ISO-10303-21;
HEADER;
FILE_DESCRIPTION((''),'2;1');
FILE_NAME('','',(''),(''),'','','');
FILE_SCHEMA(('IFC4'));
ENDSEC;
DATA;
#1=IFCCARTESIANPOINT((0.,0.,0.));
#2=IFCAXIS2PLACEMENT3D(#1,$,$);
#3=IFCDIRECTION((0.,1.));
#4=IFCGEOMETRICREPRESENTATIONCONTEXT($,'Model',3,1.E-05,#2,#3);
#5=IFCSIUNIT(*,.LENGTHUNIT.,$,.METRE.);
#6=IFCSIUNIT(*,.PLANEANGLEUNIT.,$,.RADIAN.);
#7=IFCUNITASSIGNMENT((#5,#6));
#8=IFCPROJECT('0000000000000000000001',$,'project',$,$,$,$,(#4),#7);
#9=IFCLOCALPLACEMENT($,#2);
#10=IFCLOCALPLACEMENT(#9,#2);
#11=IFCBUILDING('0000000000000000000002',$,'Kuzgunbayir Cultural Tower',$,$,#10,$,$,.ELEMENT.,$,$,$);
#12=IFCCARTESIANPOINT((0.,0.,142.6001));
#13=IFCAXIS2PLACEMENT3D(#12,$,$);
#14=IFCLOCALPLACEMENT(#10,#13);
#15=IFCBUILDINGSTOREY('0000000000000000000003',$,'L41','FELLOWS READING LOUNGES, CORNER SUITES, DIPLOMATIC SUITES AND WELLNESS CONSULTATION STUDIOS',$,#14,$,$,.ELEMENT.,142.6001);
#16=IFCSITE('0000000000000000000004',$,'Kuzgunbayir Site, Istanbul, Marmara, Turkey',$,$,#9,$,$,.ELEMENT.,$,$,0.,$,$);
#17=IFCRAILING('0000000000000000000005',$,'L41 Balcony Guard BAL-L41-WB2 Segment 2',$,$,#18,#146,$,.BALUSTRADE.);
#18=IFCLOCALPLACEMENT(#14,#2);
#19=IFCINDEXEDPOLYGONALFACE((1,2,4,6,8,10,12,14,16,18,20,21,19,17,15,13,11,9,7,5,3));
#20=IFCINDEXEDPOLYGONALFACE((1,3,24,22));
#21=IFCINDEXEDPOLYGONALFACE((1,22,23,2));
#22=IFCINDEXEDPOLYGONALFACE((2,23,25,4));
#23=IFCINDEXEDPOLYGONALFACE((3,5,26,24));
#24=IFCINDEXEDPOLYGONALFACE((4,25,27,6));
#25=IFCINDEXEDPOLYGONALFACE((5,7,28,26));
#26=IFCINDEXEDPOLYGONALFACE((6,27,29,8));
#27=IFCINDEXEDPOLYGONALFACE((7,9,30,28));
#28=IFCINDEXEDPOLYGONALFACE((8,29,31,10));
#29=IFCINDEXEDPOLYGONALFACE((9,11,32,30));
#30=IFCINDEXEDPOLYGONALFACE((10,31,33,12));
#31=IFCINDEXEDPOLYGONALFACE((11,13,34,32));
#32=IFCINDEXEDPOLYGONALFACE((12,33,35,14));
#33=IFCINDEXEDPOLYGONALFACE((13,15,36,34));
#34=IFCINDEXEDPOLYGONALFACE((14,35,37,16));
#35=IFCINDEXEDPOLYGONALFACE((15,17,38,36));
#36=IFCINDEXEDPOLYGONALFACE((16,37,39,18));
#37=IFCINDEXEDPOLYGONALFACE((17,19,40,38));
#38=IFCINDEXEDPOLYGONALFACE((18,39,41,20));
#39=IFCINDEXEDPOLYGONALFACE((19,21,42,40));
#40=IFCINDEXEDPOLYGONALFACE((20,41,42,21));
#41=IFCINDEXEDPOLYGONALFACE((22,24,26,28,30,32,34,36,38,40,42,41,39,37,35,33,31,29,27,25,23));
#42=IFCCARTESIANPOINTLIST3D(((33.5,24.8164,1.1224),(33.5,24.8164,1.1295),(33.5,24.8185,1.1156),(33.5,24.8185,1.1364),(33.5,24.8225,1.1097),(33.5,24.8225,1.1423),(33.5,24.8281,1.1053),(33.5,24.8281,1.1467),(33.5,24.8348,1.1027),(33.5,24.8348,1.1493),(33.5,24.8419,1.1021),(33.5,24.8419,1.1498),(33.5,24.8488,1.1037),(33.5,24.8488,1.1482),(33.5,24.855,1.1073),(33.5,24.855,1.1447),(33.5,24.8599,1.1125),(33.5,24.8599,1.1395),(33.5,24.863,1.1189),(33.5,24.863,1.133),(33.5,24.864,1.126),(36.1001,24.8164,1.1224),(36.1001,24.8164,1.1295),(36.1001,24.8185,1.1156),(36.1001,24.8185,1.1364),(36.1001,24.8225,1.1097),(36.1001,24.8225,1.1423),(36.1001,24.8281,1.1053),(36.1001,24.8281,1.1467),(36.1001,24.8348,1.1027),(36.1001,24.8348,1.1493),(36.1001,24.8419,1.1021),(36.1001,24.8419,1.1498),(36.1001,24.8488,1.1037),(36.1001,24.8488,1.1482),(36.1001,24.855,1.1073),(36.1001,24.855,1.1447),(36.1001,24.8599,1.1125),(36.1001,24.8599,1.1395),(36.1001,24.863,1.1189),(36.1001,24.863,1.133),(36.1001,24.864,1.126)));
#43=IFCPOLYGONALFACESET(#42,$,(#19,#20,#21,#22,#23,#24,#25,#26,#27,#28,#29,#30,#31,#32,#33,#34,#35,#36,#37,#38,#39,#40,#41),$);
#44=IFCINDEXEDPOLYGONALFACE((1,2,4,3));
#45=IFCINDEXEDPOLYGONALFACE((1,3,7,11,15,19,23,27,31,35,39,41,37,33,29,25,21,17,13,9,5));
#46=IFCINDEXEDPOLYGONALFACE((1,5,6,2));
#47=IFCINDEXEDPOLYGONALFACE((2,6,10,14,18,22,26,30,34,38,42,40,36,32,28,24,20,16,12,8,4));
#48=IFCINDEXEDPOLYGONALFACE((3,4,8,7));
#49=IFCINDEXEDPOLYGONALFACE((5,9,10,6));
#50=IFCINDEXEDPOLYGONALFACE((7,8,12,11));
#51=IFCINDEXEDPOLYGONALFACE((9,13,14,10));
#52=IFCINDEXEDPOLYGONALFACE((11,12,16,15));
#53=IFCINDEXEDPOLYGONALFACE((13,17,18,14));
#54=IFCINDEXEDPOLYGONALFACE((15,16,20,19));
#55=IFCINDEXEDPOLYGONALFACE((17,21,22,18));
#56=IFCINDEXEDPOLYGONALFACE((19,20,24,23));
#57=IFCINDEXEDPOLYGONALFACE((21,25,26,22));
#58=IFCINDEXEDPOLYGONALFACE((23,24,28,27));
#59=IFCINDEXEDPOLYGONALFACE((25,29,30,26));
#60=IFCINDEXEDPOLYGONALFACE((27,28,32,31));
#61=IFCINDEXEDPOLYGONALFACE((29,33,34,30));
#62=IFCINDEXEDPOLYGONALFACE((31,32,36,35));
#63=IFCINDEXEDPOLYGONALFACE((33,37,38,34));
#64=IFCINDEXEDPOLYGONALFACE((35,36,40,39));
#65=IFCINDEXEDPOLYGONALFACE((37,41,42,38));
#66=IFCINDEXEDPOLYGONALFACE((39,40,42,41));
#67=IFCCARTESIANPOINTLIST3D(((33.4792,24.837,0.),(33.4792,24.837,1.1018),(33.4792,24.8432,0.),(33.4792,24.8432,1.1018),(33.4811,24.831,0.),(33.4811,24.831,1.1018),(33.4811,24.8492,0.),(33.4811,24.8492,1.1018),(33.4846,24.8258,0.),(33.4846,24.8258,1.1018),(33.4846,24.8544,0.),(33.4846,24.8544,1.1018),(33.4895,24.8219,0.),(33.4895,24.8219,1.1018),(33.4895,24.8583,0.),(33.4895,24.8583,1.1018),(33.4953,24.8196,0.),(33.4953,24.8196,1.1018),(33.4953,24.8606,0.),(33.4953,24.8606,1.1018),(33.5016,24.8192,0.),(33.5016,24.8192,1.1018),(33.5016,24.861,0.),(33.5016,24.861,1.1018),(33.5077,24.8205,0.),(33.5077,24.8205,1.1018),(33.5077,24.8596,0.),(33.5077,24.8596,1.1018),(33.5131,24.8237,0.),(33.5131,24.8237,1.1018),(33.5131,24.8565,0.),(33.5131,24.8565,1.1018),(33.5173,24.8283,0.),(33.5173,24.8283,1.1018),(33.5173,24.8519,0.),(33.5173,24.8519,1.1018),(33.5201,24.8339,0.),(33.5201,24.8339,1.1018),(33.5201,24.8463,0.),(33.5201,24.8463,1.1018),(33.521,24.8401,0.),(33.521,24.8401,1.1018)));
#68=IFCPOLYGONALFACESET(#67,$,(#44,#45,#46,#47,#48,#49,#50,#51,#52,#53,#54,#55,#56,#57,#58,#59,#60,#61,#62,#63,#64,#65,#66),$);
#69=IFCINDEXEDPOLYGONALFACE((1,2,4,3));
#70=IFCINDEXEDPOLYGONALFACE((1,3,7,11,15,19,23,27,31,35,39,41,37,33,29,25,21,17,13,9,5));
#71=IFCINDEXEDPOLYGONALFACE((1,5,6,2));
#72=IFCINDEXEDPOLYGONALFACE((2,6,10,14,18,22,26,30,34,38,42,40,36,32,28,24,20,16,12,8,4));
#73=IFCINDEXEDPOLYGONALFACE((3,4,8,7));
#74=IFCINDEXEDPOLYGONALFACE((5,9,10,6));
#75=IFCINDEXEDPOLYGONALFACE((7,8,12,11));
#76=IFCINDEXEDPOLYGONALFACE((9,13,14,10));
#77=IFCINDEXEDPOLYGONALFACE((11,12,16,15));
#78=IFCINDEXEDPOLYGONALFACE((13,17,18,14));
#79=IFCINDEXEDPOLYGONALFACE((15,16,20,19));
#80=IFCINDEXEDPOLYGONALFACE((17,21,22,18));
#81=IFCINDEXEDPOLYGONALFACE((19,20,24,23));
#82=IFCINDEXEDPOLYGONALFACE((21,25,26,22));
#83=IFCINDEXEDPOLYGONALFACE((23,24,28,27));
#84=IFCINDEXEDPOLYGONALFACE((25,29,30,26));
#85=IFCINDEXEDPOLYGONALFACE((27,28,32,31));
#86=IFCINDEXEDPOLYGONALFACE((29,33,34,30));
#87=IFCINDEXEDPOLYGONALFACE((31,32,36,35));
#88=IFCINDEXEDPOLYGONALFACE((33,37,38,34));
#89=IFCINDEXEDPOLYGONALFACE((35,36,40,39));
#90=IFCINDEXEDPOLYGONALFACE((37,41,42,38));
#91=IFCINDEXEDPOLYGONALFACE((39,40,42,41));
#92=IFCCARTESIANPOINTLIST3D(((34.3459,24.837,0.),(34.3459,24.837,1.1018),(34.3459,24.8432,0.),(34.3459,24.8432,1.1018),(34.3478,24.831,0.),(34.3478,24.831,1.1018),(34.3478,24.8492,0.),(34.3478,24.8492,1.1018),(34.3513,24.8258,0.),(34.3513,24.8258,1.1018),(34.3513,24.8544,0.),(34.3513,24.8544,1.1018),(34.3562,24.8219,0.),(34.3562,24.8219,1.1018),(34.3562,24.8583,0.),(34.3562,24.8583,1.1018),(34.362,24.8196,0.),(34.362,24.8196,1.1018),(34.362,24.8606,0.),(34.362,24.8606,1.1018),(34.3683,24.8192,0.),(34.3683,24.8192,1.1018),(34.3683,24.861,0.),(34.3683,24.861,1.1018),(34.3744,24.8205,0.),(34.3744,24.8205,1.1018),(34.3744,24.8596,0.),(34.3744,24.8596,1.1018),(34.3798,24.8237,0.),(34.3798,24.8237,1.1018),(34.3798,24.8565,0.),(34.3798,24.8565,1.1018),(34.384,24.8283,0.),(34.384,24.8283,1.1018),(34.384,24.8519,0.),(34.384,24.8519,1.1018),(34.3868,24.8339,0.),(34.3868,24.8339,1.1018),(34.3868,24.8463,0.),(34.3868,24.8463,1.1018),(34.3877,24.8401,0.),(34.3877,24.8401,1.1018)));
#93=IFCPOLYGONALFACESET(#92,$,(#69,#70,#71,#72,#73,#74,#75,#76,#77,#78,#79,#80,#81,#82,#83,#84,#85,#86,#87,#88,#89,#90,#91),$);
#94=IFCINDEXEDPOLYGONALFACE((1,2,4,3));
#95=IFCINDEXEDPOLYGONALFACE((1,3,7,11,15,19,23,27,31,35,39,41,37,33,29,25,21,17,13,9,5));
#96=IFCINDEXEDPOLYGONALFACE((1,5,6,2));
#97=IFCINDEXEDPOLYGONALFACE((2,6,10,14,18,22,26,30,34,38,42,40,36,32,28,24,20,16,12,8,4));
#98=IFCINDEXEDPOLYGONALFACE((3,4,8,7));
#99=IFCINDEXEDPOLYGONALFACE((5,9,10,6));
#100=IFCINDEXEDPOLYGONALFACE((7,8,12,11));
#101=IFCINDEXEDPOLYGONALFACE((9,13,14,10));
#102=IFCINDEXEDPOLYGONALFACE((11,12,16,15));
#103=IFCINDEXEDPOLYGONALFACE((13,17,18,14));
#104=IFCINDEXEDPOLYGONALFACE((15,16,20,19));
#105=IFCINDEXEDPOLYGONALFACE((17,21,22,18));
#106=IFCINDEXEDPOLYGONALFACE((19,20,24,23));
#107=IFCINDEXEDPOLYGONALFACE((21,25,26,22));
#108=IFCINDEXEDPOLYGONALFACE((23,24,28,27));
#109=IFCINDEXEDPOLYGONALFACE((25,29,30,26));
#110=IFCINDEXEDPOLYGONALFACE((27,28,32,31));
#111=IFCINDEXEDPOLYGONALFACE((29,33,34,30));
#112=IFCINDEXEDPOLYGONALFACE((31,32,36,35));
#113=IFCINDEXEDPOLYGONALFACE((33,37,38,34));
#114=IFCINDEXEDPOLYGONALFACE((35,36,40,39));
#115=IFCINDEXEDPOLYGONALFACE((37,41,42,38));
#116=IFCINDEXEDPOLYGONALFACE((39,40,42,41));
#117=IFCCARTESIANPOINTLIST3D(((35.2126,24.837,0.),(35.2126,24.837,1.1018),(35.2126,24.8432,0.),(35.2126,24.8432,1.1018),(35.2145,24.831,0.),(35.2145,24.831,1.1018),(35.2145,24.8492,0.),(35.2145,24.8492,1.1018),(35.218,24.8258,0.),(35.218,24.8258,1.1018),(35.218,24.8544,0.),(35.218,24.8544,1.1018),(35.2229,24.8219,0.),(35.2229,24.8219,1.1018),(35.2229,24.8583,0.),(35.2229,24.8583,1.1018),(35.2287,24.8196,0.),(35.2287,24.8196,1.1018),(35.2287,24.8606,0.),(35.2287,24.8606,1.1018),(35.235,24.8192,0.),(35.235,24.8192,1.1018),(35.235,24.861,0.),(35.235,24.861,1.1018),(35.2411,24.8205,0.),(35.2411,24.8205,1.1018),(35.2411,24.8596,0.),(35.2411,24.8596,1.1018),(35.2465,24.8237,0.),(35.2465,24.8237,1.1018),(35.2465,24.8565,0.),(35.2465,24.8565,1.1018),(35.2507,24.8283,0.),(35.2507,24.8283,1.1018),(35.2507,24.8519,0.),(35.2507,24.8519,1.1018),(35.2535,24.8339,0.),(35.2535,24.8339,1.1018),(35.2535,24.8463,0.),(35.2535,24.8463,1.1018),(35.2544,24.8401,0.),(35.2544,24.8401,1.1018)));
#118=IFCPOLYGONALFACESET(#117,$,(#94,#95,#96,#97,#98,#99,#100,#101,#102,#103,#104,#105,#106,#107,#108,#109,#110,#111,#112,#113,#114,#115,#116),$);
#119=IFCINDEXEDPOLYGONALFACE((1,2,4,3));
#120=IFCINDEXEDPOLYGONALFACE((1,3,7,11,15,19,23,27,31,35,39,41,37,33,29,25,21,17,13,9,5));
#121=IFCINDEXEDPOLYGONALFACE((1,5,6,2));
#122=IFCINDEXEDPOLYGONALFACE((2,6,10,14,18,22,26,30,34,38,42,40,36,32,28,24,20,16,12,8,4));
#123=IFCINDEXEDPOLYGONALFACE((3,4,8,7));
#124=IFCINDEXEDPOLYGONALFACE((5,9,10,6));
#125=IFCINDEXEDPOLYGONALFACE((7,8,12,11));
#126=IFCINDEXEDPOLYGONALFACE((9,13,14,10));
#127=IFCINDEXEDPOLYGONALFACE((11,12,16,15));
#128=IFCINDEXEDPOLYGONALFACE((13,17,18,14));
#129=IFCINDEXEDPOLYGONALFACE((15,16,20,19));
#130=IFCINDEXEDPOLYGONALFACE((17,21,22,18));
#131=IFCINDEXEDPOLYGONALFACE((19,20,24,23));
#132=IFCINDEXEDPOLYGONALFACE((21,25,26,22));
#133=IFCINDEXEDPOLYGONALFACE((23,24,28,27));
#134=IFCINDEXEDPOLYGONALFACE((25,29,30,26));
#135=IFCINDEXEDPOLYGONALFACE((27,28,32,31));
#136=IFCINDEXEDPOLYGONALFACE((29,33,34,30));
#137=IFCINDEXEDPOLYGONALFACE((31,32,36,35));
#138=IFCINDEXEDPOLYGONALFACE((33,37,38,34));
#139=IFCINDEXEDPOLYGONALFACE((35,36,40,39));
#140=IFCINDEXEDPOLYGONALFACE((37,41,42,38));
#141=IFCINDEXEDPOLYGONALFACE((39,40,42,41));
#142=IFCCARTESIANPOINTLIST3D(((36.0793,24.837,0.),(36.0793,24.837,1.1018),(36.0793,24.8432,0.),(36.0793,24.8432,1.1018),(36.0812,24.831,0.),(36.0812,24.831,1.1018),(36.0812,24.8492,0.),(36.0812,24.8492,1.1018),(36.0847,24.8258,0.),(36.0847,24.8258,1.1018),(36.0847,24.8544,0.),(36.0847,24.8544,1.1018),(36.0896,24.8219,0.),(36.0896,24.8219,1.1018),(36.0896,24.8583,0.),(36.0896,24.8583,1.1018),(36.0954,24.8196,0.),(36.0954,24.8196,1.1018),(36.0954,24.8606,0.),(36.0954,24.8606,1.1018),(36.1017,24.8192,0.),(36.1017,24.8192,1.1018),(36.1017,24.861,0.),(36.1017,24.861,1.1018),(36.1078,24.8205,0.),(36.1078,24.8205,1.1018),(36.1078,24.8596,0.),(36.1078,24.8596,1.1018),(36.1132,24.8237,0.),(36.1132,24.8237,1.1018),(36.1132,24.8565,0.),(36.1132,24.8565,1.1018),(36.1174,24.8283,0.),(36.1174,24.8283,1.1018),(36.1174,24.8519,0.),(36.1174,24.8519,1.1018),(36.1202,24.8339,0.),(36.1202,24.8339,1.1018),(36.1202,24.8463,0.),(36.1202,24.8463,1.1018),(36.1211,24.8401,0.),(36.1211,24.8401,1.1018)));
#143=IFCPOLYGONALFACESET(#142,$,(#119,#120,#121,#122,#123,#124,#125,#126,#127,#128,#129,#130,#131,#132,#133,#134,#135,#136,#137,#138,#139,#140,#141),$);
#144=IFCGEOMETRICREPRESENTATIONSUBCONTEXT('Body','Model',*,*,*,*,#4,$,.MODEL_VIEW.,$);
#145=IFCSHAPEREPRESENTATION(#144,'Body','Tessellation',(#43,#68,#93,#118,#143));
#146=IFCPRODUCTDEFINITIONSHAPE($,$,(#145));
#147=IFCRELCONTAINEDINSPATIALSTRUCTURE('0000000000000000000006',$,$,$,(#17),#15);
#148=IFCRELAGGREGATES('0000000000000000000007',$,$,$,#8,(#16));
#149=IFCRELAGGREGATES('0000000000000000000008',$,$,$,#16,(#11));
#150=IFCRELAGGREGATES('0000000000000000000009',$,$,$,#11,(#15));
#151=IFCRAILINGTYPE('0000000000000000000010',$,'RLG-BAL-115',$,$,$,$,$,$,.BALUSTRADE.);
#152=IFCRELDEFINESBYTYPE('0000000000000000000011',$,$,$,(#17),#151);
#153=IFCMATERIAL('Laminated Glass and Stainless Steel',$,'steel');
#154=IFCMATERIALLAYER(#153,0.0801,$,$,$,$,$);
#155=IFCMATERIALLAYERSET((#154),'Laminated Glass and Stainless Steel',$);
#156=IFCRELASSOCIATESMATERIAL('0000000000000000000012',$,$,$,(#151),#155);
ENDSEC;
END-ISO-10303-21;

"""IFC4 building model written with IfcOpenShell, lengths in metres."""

from ifc_helpers import new_model, si_unit, direction, frame, origin, origin_2d, place, context, subcontext, project, spatial, circle, extrude, material, layer, layer_set, type_object, element, save


model = new_model("IFC4")

# Units and contexts
model_context = context("Model", 3, precision=1e-05, world=origin(), true_north=direction((0.0, 1.0)))
body_context = subcontext(model_context, "Body", "Model", "MODEL_VIEW")
ifc_project = project(units=[si_unit("LENGTHUNIT", "METRE"), si_unit("PLANEANGLEUNIT", "RADIAN")], contexts=[model_context])

# Site, building, storey
site_placement = place(None, origin())
site = spatial("IfcSite", under=ifc_project, at=site_placement, Name="Kuzgunbayir Site, Istanbul, Marmara, Turkey", CompositionType="ELEMENT", RefElevation=0.0)
building_placement = place(site_placement, origin())
building = spatial("IfcBuilding", under=site, at=building_placement, Name="Kuzgunbayir Cultural Tower", CompositionType="ELEMENT")
storey_placement = place(building_placement, frame((0.0, 0.0, 142.6001)))
storey = spatial("IfcBuildingStorey", under=building, at=storey_placement, Name="L41", Description="FELLOWS READING LOUNGES, CORNER SUITES, DIPLOMATIC SUITES AND WELLNESS CONSULTATION STUDIOS", CompositionType="ELEMENT", Elevation=142.6001)

# Railing
ifc_material_1 = material(Name="Laminated Glass and Stainless Steel", Category="steel")
ifc_layer_1 = layer(ifc_material_1, 0.0801)
ifc_layer_set_1 = layer_set([ifc_layer_1], Name="Laminated Glass and Stainless Steel")
railing_type = type_object("IfcRailingType", Name="RLG-BAL-115", PredefinedType="BALUSTRADE", material=ifc_layer_set_1)
railing_1_placement = place(storey_placement, frame((33.5, 24.8401, 0.0)))
element("IfcRailing", 1, at=railing_1_placement, inside=storey, type_object=railing_type, Name="L41 Balcony Guard BAL-L41-WB2 Segment 2", PredefinedType="BALUSTRADE", context=body_context, shape_type="SweptSolid", body=[
    extrude(circle(Radius=0.0239, at=origin_2d()), frame((0.0, 0.0, 1.126), z_axis=(1.0, 0.0, 0.0), x_axis=(0.0, 1.0, 0.0)), (0.0, 0.0, 1.0), 2.6001),
    extrude(circle(Radius=0.021, at=origin_2d()), origin(), (0.0, 0.0, 1.0), 1.1018),
    extrude(circle(Radius=0.021, at=origin_2d()), frame((0.8667, 0.0, 0.0)), (0.0, 0.0, 1.0), 1.1018),
    extrude(circle(Radius=0.021, at=origin_2d()), frame((1.7334, 0.0, 0.0)), (0.0, 0.0, 1.0), 1.1018),
    extrude(circle(Radius=0.021, at=origin_2d()), frame((2.6001, 0.0, 0.0)), (0.0, 0.0, 1.0), 1.1018),
])

save(model, "model.ifc")
